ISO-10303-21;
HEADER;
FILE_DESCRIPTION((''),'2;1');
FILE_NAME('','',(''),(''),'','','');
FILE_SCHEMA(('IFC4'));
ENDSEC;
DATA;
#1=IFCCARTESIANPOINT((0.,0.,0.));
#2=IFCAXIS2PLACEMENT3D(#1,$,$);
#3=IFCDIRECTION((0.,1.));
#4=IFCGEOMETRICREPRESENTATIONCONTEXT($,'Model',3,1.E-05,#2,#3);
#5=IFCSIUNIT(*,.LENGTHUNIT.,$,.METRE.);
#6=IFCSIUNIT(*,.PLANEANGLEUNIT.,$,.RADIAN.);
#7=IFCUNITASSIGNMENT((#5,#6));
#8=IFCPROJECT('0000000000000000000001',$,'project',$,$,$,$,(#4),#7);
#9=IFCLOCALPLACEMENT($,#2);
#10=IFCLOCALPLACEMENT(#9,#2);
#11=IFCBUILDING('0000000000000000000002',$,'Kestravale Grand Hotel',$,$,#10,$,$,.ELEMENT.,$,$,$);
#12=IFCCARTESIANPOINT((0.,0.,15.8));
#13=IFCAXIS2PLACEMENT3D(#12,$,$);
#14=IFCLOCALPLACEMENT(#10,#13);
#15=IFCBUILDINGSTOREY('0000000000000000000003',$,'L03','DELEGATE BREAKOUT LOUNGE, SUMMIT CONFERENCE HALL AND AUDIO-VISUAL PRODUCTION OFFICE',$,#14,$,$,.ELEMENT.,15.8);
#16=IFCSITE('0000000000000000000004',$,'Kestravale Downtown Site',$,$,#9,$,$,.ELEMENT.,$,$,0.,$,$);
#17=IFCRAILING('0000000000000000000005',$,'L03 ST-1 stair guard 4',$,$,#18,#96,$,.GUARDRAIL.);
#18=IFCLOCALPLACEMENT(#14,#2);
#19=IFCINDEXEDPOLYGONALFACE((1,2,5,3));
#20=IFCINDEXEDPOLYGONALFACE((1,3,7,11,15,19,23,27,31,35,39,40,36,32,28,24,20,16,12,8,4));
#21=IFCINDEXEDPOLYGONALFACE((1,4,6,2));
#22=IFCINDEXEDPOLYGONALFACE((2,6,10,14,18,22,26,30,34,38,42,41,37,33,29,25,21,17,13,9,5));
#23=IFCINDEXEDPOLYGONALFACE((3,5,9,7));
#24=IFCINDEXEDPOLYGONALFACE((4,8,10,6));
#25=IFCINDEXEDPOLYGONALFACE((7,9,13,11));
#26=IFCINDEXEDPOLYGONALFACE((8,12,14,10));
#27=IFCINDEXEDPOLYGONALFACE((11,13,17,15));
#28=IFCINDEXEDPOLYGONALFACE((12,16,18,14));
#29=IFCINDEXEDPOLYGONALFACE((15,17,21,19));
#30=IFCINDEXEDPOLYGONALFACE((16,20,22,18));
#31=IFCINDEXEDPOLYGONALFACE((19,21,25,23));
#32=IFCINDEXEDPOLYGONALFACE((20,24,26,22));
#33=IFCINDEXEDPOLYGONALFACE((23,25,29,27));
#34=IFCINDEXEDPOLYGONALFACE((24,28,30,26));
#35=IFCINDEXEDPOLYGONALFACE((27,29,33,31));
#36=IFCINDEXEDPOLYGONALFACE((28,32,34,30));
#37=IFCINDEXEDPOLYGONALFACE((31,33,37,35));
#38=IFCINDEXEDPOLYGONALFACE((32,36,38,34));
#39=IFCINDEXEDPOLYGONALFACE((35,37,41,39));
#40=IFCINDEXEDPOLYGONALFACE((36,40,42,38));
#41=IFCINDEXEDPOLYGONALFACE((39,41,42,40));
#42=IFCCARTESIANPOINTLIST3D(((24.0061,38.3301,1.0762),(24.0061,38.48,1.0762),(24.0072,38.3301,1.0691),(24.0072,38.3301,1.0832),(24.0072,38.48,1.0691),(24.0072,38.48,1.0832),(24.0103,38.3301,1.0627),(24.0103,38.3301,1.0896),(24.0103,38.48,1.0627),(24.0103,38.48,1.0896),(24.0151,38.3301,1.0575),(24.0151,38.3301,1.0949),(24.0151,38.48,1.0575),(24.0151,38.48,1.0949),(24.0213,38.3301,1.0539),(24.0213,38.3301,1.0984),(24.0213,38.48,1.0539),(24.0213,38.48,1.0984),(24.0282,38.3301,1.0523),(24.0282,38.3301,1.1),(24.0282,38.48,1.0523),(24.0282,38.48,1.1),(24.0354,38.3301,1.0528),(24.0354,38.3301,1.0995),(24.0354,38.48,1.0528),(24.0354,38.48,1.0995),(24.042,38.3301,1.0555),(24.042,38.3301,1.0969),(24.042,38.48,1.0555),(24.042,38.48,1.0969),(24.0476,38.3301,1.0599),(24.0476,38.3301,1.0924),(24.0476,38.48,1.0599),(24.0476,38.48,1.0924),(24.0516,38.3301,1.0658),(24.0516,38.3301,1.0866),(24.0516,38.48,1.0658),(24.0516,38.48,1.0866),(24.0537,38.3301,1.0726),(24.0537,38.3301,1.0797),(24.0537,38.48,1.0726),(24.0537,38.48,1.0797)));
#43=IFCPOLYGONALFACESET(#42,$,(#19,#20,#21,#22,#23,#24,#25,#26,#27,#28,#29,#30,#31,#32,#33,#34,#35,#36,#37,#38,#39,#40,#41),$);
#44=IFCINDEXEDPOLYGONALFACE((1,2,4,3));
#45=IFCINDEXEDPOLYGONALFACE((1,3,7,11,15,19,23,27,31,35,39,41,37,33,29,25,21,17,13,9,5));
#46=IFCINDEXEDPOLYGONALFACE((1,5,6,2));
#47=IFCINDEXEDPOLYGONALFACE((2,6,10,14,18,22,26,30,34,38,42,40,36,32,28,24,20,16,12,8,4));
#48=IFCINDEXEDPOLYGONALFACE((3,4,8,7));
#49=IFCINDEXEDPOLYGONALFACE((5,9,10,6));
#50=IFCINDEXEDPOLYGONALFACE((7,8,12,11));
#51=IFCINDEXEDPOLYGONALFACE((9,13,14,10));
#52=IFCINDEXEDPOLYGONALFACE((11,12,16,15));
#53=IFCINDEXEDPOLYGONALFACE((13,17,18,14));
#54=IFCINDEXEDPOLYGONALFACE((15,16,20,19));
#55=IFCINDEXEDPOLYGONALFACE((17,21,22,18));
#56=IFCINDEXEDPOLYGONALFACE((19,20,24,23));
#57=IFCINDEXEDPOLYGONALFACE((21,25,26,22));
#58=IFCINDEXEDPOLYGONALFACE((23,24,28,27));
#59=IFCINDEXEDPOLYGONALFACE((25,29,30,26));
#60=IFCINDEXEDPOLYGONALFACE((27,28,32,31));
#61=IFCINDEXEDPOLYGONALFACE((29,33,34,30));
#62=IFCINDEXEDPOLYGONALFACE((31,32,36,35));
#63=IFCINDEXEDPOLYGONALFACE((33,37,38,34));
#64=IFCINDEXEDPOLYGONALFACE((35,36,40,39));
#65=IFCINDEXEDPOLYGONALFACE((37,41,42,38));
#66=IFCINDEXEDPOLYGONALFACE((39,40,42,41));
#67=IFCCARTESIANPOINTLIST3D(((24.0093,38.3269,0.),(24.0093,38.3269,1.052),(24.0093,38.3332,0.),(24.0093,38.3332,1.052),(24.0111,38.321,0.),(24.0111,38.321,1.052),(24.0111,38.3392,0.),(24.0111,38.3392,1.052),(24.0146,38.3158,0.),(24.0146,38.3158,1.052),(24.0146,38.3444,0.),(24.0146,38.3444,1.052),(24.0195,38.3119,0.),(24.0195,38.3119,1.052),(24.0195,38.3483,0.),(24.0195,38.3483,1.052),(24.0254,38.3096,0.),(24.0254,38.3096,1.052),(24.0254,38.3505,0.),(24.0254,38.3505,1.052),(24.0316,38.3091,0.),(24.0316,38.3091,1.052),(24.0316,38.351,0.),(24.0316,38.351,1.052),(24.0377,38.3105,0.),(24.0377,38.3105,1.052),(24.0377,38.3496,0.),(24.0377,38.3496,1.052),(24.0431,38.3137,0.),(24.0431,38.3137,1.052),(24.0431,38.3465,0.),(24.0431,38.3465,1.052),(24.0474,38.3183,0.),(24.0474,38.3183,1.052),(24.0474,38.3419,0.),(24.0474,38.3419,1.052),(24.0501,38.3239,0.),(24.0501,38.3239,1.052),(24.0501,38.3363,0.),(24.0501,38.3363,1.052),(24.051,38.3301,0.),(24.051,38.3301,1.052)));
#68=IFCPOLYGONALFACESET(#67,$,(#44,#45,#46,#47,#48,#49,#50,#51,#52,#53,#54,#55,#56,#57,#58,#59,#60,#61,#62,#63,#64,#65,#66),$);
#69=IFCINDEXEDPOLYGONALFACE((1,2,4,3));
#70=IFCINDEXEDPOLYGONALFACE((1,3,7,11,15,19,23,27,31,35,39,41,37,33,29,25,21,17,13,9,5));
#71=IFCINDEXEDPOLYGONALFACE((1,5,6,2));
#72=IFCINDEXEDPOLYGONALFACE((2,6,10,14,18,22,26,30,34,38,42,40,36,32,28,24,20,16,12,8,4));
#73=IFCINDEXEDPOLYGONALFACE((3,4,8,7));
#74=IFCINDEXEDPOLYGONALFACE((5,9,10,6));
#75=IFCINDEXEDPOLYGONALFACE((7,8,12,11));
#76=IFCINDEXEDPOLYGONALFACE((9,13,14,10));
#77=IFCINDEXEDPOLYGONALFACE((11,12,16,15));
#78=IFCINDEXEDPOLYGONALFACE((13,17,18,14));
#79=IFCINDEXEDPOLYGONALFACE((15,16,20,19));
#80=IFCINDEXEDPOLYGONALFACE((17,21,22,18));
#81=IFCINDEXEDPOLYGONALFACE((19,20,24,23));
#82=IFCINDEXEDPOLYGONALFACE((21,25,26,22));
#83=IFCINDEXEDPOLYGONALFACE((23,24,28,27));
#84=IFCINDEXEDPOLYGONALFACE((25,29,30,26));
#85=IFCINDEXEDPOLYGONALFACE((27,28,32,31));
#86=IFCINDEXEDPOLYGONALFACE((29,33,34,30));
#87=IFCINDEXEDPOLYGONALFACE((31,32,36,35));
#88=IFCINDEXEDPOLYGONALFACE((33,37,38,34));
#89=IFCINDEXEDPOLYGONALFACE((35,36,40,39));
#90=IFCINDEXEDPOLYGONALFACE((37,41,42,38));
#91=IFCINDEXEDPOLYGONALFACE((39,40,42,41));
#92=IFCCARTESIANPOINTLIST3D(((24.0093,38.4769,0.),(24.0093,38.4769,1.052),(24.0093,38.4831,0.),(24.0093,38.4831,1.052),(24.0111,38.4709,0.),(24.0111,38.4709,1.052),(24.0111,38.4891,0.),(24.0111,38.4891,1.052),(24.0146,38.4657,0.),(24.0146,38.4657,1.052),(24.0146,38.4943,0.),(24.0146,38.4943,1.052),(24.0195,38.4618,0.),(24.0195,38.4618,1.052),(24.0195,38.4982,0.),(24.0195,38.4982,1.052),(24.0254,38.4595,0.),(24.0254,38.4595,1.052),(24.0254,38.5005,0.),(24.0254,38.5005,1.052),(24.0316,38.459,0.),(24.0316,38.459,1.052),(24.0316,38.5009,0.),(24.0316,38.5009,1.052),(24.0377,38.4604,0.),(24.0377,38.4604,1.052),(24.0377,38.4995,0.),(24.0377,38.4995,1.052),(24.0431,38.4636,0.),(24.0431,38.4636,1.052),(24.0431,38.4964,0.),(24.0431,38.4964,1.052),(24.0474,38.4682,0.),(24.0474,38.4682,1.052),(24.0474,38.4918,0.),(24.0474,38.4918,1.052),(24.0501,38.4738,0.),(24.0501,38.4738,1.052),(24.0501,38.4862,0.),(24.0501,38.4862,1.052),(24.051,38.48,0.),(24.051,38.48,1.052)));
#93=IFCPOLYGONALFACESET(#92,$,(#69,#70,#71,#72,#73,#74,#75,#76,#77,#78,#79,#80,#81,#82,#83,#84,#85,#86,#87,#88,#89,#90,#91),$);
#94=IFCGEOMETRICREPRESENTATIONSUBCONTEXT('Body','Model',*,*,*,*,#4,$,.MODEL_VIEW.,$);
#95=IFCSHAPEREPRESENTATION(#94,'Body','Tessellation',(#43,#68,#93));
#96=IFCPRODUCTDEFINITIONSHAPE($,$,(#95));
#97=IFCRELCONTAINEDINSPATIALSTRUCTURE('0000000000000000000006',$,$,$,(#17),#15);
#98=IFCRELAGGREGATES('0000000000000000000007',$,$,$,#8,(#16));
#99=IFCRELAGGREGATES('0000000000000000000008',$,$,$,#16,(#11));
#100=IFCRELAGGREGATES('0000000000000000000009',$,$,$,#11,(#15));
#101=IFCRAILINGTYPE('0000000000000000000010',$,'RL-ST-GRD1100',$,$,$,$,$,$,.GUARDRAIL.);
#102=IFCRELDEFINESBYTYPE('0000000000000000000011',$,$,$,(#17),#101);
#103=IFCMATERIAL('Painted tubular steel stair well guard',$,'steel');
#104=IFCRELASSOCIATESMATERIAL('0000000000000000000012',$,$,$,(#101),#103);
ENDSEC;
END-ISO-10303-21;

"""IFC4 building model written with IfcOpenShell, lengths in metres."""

from ifc_helpers import new_model, si_unit, direction, frame, origin, origin_2d, place, context, subcontext, project, spatial, circle, extrude, material, type_object, element, save


model = new_model("IFC4")

# Units and contexts
model_context = context("Model", 3, precision=1e-05, world=origin(), true_north=direction((0.0, 1.0)))
body_context = subcontext(model_context, "Body", "Model", "MODEL_VIEW")
ifc_project = project(units=[si_unit("LENGTHUNIT", "METRE"), si_unit("PLANEANGLEUNIT", "RADIAN")], contexts=[model_context])

# Site, building, storey
site_placement = place(None, origin())
site = spatial("IfcSite", under=ifc_project, at=site_placement, Name="Kestravale Downtown Site", CompositionType="ELEMENT", RefElevation=0.0)
building_placement = place(site_placement, origin())
building = spatial("IfcBuilding", under=site, at=building_placement, Name="Kestravale Grand Hotel", CompositionType="ELEMENT")
storey_placement = place(building_placement, frame((0.0, 0.0, 15.8)))
storey = spatial("IfcBuildingStorey", under=building, at=storey_placement, Name="L03", Description="DELEGATE BREAKOUT LOUNGE, SUMMIT CONFERENCE HALL AND AUDIO-VISUAL PRODUCTION OFFICE", CompositionType="ELEMENT", Elevation=15.8)

# Railing
ifc_material_1 = material(Name="Painted tubular steel stair well guard", Category="steel")
railing_type_1 = type_object("IfcRailingType", Name="RL-ST-GRD1100", PredefinedType="GUARDRAIL", material=ifc_material_1)
railing_1_placement = place(storey_placement, frame((24.03, 38.3301, 0.0)))
element("IfcRailing", 1, at=railing_1_placement, inside=storey, type_object=railing_type_1, Name="L03 ST-1 stair guard 4", PredefinedType="GUARDRAIL", context=body_context, shape_type="SweptSolid", body=[
    extrude(circle(Radius=0.0239, at=origin_2d()), frame((0.0, 0.0, 1.0762), z_axis=(0.0, 1.0, 0.0), x_axis=(-1.0, 0.0, 0.0)), (0.0, 0.0, 1.0), 0.1499),
    extrude(circle(Radius=0.021, at=origin_2d()), origin(), (0.0, 0.0, 1.0), 1.052),
    extrude(circle(Radius=0.021, at=origin_2d()), frame((0.0, 0.1499, 0.0)), (0.0, 0.0, 1.0), 1.052),
])

save(model, "model.ifc")
